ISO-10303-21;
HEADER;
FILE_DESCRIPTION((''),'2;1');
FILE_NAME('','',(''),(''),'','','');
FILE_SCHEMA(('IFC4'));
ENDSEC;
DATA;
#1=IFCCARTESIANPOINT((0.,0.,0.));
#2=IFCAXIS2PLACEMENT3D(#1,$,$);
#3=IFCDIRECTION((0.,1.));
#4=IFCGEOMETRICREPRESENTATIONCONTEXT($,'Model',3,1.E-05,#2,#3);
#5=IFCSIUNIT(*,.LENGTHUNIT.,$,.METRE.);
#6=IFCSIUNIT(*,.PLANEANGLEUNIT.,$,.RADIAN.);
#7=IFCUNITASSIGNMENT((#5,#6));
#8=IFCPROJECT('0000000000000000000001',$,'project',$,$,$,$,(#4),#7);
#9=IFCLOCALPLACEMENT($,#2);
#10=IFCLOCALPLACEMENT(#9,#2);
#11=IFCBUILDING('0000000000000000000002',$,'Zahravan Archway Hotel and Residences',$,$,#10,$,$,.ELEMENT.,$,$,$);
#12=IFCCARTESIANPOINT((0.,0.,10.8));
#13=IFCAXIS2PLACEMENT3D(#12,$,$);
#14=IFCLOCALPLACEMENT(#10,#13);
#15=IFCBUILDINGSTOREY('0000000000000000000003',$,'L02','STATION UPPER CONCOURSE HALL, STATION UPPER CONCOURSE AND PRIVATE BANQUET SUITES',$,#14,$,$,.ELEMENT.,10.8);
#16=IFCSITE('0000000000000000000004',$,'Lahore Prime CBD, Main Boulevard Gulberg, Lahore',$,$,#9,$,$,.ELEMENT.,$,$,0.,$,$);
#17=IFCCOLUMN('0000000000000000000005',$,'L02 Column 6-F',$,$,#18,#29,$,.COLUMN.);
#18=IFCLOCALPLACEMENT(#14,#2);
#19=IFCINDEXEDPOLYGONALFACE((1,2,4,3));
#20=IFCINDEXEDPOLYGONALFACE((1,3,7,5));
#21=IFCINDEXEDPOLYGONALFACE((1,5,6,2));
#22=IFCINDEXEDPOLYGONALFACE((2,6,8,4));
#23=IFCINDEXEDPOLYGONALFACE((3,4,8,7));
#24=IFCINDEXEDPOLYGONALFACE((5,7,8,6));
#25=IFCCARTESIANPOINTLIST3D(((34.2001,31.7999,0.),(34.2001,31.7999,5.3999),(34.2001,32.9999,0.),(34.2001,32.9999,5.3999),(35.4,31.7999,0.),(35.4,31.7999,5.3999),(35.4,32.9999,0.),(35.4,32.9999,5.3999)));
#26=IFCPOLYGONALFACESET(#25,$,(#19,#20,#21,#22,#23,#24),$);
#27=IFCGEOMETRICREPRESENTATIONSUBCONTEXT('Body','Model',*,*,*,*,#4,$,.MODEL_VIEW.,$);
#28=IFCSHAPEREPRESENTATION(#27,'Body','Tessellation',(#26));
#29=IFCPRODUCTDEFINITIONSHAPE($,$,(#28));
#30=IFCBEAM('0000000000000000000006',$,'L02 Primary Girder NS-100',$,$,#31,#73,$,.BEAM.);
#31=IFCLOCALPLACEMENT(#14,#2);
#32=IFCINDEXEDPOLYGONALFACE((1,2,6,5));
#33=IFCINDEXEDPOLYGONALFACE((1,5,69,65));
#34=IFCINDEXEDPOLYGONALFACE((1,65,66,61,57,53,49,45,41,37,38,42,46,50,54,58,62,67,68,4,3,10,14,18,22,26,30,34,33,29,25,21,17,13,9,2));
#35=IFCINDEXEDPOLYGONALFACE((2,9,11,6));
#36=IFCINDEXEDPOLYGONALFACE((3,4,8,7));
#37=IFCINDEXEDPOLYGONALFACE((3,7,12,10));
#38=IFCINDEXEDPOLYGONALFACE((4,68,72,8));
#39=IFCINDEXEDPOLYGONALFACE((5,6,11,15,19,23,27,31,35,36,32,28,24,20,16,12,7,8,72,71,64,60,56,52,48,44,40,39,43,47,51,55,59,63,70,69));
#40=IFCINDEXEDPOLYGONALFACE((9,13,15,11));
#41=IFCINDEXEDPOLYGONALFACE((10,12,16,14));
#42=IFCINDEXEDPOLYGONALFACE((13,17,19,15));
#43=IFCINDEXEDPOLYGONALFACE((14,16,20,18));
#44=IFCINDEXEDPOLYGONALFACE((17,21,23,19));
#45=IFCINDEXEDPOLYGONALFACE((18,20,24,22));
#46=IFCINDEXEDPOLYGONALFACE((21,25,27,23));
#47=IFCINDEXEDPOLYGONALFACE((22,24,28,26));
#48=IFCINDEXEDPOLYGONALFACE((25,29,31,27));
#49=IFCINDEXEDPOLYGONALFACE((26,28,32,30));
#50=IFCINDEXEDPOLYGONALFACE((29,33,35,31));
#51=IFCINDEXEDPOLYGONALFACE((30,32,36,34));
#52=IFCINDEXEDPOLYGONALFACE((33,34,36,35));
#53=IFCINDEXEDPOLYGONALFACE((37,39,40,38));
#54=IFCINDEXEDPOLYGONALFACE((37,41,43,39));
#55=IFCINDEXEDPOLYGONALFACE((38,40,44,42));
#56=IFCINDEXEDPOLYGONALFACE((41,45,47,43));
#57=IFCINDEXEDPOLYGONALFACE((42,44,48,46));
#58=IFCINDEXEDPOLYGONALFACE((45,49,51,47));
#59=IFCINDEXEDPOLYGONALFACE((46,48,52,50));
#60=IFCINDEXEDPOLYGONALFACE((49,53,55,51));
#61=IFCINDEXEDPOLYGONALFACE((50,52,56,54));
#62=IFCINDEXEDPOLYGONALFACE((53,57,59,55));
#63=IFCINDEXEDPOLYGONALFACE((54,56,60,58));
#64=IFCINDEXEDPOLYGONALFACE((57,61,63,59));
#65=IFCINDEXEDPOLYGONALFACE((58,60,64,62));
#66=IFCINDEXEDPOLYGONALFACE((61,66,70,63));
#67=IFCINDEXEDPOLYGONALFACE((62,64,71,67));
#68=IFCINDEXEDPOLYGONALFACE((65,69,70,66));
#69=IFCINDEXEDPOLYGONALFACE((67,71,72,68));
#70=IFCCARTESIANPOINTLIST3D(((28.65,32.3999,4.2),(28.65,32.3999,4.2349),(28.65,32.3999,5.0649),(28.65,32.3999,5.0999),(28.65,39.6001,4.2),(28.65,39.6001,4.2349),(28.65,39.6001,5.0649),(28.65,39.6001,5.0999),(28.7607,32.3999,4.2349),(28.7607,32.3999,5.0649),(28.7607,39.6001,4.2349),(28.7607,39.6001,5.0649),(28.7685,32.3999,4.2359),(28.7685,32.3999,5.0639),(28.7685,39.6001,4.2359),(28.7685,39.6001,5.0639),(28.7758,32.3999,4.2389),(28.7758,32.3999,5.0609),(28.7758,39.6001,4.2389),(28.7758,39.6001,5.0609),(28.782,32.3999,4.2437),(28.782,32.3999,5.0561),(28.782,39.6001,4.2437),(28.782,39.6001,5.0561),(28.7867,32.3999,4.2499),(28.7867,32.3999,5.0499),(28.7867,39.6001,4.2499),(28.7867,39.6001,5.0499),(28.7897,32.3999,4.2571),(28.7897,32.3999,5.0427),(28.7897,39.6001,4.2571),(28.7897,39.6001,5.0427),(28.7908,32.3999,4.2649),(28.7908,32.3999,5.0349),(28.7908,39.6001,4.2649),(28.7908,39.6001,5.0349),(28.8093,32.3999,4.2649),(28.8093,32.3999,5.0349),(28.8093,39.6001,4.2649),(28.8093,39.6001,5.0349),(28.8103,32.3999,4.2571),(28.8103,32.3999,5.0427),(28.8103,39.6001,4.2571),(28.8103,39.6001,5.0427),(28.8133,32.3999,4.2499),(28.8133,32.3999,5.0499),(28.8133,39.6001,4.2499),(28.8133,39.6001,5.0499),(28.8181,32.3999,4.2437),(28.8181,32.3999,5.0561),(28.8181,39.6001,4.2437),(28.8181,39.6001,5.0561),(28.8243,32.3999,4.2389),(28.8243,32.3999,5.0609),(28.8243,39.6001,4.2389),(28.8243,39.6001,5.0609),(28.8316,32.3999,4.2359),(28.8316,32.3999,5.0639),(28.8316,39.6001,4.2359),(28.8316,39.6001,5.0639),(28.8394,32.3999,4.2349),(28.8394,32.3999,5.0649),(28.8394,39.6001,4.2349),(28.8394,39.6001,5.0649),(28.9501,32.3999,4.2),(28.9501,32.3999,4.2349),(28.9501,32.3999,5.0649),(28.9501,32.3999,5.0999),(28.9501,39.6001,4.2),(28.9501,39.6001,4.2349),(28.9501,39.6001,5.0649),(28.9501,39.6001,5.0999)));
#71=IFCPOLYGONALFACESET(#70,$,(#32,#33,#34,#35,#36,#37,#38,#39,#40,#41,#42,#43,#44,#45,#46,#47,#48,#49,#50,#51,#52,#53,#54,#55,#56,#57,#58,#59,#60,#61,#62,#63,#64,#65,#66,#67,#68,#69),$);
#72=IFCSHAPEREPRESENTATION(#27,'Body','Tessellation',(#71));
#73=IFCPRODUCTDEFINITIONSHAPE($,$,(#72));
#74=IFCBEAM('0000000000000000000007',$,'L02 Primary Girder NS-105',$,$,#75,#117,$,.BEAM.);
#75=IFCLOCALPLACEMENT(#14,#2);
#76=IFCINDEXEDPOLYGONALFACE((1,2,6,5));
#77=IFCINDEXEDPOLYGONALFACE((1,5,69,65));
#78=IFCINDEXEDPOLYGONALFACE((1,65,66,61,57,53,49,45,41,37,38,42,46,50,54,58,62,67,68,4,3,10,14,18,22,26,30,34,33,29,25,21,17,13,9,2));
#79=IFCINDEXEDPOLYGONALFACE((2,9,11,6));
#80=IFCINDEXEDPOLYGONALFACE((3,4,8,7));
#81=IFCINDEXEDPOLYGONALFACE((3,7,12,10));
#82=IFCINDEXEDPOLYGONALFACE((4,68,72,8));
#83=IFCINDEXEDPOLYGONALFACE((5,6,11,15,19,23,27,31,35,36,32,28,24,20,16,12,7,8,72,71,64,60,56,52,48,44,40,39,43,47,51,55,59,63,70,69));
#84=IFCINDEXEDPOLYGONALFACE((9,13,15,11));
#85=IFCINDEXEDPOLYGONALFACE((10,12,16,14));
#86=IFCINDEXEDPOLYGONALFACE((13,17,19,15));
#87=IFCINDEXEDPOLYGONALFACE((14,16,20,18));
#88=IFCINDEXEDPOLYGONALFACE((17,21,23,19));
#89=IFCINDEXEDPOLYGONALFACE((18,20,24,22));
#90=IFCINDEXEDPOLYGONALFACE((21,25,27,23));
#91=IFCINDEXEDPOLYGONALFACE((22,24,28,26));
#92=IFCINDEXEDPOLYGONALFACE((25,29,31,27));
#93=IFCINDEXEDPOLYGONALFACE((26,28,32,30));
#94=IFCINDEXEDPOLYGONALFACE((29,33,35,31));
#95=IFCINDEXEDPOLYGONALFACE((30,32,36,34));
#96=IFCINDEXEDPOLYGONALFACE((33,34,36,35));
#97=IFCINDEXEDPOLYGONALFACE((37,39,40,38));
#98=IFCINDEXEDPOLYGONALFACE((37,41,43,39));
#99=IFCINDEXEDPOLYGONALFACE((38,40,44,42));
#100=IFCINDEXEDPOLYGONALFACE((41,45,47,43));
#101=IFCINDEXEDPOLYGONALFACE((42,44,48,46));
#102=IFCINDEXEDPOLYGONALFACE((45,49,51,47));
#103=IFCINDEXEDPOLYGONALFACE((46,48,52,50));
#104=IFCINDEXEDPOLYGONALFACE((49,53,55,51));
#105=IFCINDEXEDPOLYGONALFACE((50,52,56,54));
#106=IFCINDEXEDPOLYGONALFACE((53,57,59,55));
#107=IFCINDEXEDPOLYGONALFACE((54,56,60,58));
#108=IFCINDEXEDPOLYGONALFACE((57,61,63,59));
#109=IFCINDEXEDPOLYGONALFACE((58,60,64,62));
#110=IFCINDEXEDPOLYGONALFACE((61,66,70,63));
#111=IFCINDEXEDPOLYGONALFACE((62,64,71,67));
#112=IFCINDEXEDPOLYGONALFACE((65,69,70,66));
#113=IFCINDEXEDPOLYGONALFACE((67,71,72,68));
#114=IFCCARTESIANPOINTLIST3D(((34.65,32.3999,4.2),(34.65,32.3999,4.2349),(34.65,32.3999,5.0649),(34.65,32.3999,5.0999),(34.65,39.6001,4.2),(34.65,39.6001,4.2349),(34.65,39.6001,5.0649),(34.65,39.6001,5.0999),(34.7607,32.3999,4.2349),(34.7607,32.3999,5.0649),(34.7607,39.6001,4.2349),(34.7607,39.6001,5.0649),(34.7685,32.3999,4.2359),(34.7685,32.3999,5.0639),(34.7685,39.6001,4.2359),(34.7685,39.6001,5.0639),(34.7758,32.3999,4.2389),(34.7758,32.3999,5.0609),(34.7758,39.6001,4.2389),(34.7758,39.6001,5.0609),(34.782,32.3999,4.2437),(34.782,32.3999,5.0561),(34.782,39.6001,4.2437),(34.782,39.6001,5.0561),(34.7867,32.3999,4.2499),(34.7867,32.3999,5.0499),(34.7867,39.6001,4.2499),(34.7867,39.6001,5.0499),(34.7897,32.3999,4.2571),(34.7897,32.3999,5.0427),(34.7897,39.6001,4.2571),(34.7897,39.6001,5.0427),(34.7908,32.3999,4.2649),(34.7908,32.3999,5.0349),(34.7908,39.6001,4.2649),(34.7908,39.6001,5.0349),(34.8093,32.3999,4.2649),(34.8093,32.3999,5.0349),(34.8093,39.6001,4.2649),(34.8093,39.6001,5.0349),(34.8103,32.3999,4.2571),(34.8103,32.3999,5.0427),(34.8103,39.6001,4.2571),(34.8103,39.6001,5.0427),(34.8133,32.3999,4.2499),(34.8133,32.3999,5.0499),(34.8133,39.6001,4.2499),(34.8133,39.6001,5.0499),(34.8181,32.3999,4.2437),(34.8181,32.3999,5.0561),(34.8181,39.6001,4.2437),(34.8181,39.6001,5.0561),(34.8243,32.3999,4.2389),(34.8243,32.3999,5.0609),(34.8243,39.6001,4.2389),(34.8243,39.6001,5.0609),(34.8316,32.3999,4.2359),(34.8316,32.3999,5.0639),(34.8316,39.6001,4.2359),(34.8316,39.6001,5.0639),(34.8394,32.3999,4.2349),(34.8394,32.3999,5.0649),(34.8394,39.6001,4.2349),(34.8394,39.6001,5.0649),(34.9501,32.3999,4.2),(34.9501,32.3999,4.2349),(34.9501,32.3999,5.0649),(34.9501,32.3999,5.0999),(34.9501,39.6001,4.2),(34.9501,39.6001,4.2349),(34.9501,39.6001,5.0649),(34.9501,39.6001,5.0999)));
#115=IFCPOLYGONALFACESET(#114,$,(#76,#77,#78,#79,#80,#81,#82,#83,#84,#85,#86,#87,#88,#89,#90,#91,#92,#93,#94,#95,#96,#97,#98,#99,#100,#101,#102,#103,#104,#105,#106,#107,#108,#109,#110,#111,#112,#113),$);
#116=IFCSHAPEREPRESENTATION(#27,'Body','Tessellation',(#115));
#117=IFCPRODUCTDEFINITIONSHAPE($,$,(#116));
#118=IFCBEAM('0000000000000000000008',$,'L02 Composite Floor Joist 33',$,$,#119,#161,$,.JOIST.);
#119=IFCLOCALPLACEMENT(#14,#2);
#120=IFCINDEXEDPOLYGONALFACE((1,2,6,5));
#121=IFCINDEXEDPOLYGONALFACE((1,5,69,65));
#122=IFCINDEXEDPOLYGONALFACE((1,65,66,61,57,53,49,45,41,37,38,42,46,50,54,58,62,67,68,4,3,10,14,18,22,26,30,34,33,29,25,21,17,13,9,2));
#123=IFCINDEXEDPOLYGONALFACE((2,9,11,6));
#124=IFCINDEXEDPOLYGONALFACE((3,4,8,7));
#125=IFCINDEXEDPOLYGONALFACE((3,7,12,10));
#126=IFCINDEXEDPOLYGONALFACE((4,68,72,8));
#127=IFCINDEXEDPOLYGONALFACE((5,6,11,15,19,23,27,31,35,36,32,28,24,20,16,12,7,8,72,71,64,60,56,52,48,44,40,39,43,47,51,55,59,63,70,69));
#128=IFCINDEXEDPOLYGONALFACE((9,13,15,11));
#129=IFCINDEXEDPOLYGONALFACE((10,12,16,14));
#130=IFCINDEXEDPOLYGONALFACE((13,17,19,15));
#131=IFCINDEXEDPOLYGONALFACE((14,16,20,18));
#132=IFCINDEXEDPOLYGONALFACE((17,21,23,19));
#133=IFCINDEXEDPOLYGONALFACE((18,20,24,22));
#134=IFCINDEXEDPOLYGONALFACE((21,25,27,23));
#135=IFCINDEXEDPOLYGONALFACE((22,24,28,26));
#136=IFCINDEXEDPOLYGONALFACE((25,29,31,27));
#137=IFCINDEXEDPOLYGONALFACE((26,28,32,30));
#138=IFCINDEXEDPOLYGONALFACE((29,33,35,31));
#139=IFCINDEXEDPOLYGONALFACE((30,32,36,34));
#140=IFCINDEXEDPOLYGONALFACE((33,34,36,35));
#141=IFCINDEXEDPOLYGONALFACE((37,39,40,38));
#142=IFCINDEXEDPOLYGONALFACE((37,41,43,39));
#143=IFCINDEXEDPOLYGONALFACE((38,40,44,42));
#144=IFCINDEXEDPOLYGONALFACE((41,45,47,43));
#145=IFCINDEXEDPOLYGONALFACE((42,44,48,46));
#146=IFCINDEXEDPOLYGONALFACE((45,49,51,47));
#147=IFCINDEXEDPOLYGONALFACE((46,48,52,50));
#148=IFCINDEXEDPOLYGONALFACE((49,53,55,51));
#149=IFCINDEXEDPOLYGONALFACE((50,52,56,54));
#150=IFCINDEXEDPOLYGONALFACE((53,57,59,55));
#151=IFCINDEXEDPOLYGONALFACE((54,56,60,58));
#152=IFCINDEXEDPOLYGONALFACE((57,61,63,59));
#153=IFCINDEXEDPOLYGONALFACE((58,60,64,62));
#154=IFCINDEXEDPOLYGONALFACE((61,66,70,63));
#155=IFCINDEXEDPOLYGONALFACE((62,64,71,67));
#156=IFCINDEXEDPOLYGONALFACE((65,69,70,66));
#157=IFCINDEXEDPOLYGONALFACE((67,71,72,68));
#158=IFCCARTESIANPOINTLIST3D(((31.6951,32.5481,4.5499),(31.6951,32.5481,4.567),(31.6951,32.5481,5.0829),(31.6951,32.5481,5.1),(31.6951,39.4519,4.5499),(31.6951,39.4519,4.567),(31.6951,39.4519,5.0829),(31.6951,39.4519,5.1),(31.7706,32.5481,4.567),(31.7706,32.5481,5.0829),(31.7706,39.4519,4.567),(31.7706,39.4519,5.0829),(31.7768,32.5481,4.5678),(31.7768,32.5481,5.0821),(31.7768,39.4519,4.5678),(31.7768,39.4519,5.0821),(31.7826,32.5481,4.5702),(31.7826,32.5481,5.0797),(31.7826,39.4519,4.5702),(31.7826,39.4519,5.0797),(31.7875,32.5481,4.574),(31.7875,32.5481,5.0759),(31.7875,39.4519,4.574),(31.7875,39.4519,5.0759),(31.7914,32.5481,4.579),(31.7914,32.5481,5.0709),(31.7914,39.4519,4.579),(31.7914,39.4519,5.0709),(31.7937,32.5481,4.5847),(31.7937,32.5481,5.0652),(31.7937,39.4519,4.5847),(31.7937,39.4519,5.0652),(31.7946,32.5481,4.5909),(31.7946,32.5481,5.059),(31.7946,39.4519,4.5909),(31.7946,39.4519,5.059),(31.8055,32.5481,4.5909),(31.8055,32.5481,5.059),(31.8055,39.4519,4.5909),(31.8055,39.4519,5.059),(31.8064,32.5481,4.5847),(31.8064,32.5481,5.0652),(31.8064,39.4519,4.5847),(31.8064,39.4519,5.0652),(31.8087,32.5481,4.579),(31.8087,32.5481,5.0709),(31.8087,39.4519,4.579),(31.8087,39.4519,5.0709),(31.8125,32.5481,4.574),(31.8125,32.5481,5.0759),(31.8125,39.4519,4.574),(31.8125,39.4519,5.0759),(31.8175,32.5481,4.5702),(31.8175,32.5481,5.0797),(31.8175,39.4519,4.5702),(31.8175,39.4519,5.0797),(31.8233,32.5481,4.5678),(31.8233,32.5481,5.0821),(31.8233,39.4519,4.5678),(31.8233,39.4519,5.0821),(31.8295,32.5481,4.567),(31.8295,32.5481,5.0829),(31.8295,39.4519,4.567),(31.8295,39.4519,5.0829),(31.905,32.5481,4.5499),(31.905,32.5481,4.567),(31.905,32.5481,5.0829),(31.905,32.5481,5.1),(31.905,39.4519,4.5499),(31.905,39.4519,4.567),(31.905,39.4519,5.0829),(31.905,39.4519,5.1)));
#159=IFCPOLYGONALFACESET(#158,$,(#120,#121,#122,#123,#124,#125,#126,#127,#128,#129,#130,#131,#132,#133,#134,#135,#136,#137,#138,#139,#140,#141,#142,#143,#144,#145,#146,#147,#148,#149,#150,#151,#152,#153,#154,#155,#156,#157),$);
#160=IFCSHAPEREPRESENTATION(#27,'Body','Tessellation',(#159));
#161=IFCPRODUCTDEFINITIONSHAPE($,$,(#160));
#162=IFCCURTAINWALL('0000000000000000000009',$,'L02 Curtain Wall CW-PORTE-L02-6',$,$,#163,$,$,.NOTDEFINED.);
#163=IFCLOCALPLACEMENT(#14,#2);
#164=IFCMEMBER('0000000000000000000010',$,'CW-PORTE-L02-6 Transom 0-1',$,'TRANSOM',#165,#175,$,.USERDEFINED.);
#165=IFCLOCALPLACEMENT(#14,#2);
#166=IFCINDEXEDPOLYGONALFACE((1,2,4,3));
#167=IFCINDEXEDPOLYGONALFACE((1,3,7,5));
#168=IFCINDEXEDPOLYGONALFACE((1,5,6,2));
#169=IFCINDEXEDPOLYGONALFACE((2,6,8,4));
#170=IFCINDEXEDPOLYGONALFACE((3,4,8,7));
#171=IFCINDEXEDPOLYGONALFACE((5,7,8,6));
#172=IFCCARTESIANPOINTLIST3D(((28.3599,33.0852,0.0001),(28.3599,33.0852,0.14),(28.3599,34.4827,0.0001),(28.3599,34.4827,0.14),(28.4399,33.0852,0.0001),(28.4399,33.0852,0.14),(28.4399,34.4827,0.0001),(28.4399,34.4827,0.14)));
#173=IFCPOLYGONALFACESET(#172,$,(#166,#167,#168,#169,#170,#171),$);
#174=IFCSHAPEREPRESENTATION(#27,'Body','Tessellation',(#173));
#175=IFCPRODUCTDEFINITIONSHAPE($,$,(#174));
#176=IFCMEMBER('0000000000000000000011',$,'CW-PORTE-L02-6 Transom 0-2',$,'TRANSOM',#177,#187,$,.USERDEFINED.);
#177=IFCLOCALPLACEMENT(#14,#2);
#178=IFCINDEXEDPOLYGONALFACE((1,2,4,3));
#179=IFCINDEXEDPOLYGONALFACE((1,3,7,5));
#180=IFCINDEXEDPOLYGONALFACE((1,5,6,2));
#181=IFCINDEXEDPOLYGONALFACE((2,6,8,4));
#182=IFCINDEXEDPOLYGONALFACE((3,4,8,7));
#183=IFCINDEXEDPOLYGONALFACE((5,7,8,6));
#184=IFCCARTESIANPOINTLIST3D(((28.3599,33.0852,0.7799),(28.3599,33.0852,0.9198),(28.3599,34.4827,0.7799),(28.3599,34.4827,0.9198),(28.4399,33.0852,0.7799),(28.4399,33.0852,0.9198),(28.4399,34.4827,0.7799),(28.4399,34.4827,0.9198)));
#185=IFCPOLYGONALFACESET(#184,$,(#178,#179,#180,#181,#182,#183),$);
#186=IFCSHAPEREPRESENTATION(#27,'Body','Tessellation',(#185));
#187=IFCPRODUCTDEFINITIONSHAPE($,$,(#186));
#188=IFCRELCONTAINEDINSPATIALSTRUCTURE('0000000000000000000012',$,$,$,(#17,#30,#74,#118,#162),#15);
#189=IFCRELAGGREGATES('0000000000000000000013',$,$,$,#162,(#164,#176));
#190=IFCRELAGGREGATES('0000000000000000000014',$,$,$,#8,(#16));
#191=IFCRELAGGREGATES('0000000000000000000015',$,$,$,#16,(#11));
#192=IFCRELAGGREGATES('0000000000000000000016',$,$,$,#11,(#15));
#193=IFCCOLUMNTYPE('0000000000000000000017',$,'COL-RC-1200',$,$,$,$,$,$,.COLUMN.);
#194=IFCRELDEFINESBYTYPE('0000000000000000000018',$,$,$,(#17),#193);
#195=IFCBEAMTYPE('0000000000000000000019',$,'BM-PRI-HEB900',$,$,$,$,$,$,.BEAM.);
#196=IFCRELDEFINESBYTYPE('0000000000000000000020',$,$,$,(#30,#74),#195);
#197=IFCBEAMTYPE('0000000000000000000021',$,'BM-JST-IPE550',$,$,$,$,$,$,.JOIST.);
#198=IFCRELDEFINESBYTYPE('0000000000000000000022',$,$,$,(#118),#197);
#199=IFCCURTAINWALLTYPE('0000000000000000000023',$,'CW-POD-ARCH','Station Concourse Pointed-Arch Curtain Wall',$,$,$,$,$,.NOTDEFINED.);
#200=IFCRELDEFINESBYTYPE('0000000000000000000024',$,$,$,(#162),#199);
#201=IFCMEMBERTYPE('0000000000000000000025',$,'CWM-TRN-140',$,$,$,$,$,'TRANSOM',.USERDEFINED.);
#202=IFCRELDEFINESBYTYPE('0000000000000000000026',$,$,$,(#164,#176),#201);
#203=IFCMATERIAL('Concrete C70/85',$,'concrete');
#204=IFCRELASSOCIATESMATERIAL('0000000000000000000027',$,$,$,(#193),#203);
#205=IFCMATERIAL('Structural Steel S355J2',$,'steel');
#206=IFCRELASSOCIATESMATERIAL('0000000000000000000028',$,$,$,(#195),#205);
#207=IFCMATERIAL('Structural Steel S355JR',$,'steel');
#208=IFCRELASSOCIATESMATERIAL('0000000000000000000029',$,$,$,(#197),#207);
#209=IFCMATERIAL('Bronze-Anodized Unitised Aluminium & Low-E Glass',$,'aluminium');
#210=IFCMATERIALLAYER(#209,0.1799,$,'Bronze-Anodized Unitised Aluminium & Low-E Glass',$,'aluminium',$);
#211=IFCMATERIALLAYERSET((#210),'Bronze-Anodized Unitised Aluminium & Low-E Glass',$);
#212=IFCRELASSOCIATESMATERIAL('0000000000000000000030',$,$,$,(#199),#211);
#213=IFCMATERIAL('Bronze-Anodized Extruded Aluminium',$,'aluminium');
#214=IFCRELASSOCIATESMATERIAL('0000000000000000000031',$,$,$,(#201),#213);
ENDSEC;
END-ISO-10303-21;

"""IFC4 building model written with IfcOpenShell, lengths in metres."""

from ifc_helpers import new_model, si_unit, direction, frame, origin, origin_2d, place, context, subcontext, project, spatial, rectangle, i_section, extrude, source, transform, mapped, material, layer, layer_set, material_profile, profile_set, type_object, element, aggregate, save


model = new_model("IFC4")

# Units and contexts
model_context = context("Model", 3, precision=1e-05, world=origin(), true_north=direction((0.0, 1.0)))
body_context = subcontext(model_context, "Body", "Model", "MODEL_VIEW")
ifc_project = project(units=[si_unit("LENGTHUNIT", "METRE"), si_unit("PLANEANGLEUNIT", "RADIAN")], contexts=[model_context])

# Site, building, storey
site_placement = place(None, origin())
site = spatial("IfcSite", under=ifc_project, at=site_placement, Name="Lahore Prime CBD, Main Boulevard Gulberg, Lahore", CompositionType="ELEMENT", RefElevation=0.0)
building_placement = place(site_placement, origin())
building = spatial("IfcBuilding", under=site, at=building_placement, Name="Zahravan Archway Hotel and Residences", CompositionType="ELEMENT")
storey_placement = place(building_placement, frame((0.0, 0.0, 10.8)))
storey = spatial("IfcBuildingStorey", under=building, at=storey_placement, Name="L02", Description="STATION UPPER CONCOURSE HALL, STATION UPPER CONCOURSE AND PRIVATE BANQUET SUITES", CompositionType="ELEMENT", Elevation=10.8)

# Column
ifc_material_1 = material(Name="Concrete C70/85", Category="concrete")
ifc_material_profile_1 = material_profile(ifc_material_1, rectangle(XDim=1.2, YDim=1.2, at=origin_2d()), Name="RC-COL-1200x1200", Category="concrete")
ifc_profile_set_1 = profile_set([ifc_material_profile_1], Name="Concrete C70/85")
column_type = type_object("IfcColumnType", Name="COL-RC-1200", PredefinedType="COLUMN", material=ifc_profile_set_1)
shared_shape_1 = source(origin(), body_context, "Body", "SweptSolid", [
    extrude(rectangle(XDim=1.2, YDim=1.2, at=origin_2d()), origin(), (0.0, 0.0, 1.0), 5.3999),
])
column_placement = place(storey_placement, frame((34.8, 32.3999, 0.0), z_axis=(0.0, 0.0, 1.0), x_axis=(1.0, 0.0, 0.0)))
element("IfcColumn", 1, at=column_placement, inside=storey, type_object=column_type, Name="L02 Column 6-F", PredefinedType="COLUMN", context=body_context, shape_type="MappedRepresentation", body=[
    mapped(shared_shape_1, transform((0.0, 0.0, 0.0), scale=1.0)),
])

# Beams
ifc_material_2 = material(Name="Structural Steel S355J2", Category="steel")
ifc_material_profile_2 = material_profile(ifc_material_2, i_section(OverallWidth=0.3, OverallDepth=0.8999, WebThickness=0.0186, FlangeThickness=0.0349, FilletRadius=0.03, at=origin_2d()), Name="HEB 900", Category="steel")
ifc_profile_set_2 = profile_set([ifc_material_profile_2], Name="Structural Steel S355J2")
beam_type_1 = type_object("IfcBeamType", Name="BM-PRI-HEB900", PredefinedType="BEAM", material=ifc_profile_set_2)
shared_shape_2 = source(origin(), body_context, "Body", "SweptSolid", [
    extrude(i_section(OverallWidth=0.3, OverallDepth=0.8999, WebThickness=0.0186, FlangeThickness=0.0349, FilletRadius=0.03, at=origin_2d()), origin(), (0.0, 0.0, 1.0), 7.2002),
])
for number, where, z_axis, x_axis, name in (
    (2, (28.8, 32.3999, 4.6499), (0.0, 1.0, 0.0), (-1.0, 0.0, 0.0), "L02 Primary Girder NS-100"),
    (3, (34.8, 32.3999, 4.6499), (0.0, 1.0, 0.0), (-1.0, 0.0, 0.0), "L02 Primary Girder NS-105"),
):
    element("IfcBeam", number, at=place(storey_placement, frame(where, z_axis=z_axis, x_axis=x_axis)), inside=storey, type_object=beam_type_1, Name=name, PredefinedType="BEAM", context=body_context, shape_type="MappedRepresentation", body=[
        mapped(shared_shape_2, transform((0.0, 0.0, 0.0), scale=1.0)),
    ])
ifc_material_3 = material(Name="Structural Steel S355JR", Category="steel")
ifc_material_profile_3 = material_profile(ifc_material_3, i_section(OverallWidth=0.21, OverallDepth=0.55, WebThickness=0.011, FlangeThickness=0.0171, FilletRadius=0.0239, at=origin_2d()), Name="IPE 550", Category="steel")
ifc_profile_set_3 = profile_set([ifc_material_profile_3], Name="Structural Steel S355JR")
beam_type_2 = type_object("IfcBeamType", Name="BM-JST-IPE550", PredefinedType="JOIST", material=ifc_profile_set_3)
shared_shape_3 = source(origin(), body_context, "Body", "SweptSolid", [
    extrude(i_section(OverallWidth=0.21, OverallDepth=0.55, WebThickness=0.011, FlangeThickness=0.0171, FilletRadius=0.0239, at=origin_2d()), origin(), (0.0, 0.0, 1.0), 6.9038),
])
beam_placement = place(storey_placement, frame((31.8, 32.5481, 4.825), z_axis=(0.0, 1.0, 0.0), x_axis=(-1.0, 0.0, 0.0)))
element("IfcBeam", 4, at=beam_placement, inside=storey, type_object=beam_type_2, Name="L02 Composite Floor Joist 33", PredefinedType="JOIST", context=body_context, shape_type="MappedRepresentation", body=[
    mapped(shared_shape_3, transform((0.0, 0.0, 0.0), scale=1.0)),
])

# Curtain wall, members
ifc_material_4 = material(Name="Bronze-Anodized Unitised Aluminium & Low-E Glass", Category="aluminium")
ifc_layer_1 = layer(ifc_material_4, 0.1799, Name="Bronze-Anodized Unitised Aluminium & Low-E Glass", Category="aluminium")
ifc_layer_set_1 = layer_set([ifc_layer_1], Name="Bronze-Anodized Unitised Aluminium & Low-E Glass")
curtain_wall_type = type_object("IfcCurtainWallType", Name="CW-POD-ARCH", Description="Station Concourse Pointed-Arch Curtain Wall", PredefinedType="NOTDEFINED", material=ifc_layer_set_1)
curtain_wall_placement = place(storey_placement, origin())
curtain_wall = element("IfcCurtainWall", 5, at=curtain_wall_placement, inside=storey, type_object=curtain_wall_type, Name="L02 Curtain Wall CW-PORTE-L02-6", PredefinedType="NOTDEFINED")
ifc_material_5 = material(Name="Bronze-Anodized Extruded Aluminium", Category="aluminium")
ifc_material_profile_4 = material_profile(ifc_material_5, rectangle(XDim=0.0801, YDim=0.1399, at=origin_2d()), Name="TRN 80x140", Category="aluminium")
ifc_profile_set_4 = profile_set([ifc_material_profile_4], Name="Bronze-Anodized Extruded Aluminium")
member_type_1 = type_object("IfcMemberType", Name="CWM-TRN-140", ElementType="TRANSOM", PredefinedType="USERDEFINED", material=ifc_profile_set_4)
shared_shape_4 = source(origin(), body_context, "Body", "SweptSolid", [
    extrude(rectangle(XDim=0.0801, YDim=0.1399, at=origin_2d()), origin(), (0.0, 0.0, 1.0), 1.3975),
])
member_1_placement = place(storey_placement, frame((28.3999, 33.0852, 0.0701), z_axis=(0.0, 1.0, 0.0), x_axis=(-1.0, 0.0, 0.0)))
member_1 = element("IfcMember", 6, at=member_1_placement, type_object=member_type_1, Name="CW-PORTE-L02-6 Transom 0-1", ObjectType="TRANSOM", PredefinedType="USERDEFINED", context=body_context, shape_type="MappedRepresentation", body=[
    mapped(shared_shape_4, transform((0.0, 0.0, 0.0), scale=1.0)),
])
member_2_placement = place(storey_placement, frame((28.3999, 33.0852, 0.8499), z_axis=(0.0, 1.0, 0.0), x_axis=(-1.0, 0.0, 0.0)))
member_2 = element("IfcMember", 7, at=member_2_placement, type_object=member_type_1, Name="CW-PORTE-L02-6 Transom 0-2", ObjectType="TRANSOM", PredefinedType="USERDEFINED", context=body_context, shape_type="MappedRepresentation", body=[
    mapped(shared_shape_4, transform((0.0, 0.0, 0.0), scale=1.0)),
])
aggregate(curtain_wall, [member_1, member_2])

save(model, "model.ifc")
